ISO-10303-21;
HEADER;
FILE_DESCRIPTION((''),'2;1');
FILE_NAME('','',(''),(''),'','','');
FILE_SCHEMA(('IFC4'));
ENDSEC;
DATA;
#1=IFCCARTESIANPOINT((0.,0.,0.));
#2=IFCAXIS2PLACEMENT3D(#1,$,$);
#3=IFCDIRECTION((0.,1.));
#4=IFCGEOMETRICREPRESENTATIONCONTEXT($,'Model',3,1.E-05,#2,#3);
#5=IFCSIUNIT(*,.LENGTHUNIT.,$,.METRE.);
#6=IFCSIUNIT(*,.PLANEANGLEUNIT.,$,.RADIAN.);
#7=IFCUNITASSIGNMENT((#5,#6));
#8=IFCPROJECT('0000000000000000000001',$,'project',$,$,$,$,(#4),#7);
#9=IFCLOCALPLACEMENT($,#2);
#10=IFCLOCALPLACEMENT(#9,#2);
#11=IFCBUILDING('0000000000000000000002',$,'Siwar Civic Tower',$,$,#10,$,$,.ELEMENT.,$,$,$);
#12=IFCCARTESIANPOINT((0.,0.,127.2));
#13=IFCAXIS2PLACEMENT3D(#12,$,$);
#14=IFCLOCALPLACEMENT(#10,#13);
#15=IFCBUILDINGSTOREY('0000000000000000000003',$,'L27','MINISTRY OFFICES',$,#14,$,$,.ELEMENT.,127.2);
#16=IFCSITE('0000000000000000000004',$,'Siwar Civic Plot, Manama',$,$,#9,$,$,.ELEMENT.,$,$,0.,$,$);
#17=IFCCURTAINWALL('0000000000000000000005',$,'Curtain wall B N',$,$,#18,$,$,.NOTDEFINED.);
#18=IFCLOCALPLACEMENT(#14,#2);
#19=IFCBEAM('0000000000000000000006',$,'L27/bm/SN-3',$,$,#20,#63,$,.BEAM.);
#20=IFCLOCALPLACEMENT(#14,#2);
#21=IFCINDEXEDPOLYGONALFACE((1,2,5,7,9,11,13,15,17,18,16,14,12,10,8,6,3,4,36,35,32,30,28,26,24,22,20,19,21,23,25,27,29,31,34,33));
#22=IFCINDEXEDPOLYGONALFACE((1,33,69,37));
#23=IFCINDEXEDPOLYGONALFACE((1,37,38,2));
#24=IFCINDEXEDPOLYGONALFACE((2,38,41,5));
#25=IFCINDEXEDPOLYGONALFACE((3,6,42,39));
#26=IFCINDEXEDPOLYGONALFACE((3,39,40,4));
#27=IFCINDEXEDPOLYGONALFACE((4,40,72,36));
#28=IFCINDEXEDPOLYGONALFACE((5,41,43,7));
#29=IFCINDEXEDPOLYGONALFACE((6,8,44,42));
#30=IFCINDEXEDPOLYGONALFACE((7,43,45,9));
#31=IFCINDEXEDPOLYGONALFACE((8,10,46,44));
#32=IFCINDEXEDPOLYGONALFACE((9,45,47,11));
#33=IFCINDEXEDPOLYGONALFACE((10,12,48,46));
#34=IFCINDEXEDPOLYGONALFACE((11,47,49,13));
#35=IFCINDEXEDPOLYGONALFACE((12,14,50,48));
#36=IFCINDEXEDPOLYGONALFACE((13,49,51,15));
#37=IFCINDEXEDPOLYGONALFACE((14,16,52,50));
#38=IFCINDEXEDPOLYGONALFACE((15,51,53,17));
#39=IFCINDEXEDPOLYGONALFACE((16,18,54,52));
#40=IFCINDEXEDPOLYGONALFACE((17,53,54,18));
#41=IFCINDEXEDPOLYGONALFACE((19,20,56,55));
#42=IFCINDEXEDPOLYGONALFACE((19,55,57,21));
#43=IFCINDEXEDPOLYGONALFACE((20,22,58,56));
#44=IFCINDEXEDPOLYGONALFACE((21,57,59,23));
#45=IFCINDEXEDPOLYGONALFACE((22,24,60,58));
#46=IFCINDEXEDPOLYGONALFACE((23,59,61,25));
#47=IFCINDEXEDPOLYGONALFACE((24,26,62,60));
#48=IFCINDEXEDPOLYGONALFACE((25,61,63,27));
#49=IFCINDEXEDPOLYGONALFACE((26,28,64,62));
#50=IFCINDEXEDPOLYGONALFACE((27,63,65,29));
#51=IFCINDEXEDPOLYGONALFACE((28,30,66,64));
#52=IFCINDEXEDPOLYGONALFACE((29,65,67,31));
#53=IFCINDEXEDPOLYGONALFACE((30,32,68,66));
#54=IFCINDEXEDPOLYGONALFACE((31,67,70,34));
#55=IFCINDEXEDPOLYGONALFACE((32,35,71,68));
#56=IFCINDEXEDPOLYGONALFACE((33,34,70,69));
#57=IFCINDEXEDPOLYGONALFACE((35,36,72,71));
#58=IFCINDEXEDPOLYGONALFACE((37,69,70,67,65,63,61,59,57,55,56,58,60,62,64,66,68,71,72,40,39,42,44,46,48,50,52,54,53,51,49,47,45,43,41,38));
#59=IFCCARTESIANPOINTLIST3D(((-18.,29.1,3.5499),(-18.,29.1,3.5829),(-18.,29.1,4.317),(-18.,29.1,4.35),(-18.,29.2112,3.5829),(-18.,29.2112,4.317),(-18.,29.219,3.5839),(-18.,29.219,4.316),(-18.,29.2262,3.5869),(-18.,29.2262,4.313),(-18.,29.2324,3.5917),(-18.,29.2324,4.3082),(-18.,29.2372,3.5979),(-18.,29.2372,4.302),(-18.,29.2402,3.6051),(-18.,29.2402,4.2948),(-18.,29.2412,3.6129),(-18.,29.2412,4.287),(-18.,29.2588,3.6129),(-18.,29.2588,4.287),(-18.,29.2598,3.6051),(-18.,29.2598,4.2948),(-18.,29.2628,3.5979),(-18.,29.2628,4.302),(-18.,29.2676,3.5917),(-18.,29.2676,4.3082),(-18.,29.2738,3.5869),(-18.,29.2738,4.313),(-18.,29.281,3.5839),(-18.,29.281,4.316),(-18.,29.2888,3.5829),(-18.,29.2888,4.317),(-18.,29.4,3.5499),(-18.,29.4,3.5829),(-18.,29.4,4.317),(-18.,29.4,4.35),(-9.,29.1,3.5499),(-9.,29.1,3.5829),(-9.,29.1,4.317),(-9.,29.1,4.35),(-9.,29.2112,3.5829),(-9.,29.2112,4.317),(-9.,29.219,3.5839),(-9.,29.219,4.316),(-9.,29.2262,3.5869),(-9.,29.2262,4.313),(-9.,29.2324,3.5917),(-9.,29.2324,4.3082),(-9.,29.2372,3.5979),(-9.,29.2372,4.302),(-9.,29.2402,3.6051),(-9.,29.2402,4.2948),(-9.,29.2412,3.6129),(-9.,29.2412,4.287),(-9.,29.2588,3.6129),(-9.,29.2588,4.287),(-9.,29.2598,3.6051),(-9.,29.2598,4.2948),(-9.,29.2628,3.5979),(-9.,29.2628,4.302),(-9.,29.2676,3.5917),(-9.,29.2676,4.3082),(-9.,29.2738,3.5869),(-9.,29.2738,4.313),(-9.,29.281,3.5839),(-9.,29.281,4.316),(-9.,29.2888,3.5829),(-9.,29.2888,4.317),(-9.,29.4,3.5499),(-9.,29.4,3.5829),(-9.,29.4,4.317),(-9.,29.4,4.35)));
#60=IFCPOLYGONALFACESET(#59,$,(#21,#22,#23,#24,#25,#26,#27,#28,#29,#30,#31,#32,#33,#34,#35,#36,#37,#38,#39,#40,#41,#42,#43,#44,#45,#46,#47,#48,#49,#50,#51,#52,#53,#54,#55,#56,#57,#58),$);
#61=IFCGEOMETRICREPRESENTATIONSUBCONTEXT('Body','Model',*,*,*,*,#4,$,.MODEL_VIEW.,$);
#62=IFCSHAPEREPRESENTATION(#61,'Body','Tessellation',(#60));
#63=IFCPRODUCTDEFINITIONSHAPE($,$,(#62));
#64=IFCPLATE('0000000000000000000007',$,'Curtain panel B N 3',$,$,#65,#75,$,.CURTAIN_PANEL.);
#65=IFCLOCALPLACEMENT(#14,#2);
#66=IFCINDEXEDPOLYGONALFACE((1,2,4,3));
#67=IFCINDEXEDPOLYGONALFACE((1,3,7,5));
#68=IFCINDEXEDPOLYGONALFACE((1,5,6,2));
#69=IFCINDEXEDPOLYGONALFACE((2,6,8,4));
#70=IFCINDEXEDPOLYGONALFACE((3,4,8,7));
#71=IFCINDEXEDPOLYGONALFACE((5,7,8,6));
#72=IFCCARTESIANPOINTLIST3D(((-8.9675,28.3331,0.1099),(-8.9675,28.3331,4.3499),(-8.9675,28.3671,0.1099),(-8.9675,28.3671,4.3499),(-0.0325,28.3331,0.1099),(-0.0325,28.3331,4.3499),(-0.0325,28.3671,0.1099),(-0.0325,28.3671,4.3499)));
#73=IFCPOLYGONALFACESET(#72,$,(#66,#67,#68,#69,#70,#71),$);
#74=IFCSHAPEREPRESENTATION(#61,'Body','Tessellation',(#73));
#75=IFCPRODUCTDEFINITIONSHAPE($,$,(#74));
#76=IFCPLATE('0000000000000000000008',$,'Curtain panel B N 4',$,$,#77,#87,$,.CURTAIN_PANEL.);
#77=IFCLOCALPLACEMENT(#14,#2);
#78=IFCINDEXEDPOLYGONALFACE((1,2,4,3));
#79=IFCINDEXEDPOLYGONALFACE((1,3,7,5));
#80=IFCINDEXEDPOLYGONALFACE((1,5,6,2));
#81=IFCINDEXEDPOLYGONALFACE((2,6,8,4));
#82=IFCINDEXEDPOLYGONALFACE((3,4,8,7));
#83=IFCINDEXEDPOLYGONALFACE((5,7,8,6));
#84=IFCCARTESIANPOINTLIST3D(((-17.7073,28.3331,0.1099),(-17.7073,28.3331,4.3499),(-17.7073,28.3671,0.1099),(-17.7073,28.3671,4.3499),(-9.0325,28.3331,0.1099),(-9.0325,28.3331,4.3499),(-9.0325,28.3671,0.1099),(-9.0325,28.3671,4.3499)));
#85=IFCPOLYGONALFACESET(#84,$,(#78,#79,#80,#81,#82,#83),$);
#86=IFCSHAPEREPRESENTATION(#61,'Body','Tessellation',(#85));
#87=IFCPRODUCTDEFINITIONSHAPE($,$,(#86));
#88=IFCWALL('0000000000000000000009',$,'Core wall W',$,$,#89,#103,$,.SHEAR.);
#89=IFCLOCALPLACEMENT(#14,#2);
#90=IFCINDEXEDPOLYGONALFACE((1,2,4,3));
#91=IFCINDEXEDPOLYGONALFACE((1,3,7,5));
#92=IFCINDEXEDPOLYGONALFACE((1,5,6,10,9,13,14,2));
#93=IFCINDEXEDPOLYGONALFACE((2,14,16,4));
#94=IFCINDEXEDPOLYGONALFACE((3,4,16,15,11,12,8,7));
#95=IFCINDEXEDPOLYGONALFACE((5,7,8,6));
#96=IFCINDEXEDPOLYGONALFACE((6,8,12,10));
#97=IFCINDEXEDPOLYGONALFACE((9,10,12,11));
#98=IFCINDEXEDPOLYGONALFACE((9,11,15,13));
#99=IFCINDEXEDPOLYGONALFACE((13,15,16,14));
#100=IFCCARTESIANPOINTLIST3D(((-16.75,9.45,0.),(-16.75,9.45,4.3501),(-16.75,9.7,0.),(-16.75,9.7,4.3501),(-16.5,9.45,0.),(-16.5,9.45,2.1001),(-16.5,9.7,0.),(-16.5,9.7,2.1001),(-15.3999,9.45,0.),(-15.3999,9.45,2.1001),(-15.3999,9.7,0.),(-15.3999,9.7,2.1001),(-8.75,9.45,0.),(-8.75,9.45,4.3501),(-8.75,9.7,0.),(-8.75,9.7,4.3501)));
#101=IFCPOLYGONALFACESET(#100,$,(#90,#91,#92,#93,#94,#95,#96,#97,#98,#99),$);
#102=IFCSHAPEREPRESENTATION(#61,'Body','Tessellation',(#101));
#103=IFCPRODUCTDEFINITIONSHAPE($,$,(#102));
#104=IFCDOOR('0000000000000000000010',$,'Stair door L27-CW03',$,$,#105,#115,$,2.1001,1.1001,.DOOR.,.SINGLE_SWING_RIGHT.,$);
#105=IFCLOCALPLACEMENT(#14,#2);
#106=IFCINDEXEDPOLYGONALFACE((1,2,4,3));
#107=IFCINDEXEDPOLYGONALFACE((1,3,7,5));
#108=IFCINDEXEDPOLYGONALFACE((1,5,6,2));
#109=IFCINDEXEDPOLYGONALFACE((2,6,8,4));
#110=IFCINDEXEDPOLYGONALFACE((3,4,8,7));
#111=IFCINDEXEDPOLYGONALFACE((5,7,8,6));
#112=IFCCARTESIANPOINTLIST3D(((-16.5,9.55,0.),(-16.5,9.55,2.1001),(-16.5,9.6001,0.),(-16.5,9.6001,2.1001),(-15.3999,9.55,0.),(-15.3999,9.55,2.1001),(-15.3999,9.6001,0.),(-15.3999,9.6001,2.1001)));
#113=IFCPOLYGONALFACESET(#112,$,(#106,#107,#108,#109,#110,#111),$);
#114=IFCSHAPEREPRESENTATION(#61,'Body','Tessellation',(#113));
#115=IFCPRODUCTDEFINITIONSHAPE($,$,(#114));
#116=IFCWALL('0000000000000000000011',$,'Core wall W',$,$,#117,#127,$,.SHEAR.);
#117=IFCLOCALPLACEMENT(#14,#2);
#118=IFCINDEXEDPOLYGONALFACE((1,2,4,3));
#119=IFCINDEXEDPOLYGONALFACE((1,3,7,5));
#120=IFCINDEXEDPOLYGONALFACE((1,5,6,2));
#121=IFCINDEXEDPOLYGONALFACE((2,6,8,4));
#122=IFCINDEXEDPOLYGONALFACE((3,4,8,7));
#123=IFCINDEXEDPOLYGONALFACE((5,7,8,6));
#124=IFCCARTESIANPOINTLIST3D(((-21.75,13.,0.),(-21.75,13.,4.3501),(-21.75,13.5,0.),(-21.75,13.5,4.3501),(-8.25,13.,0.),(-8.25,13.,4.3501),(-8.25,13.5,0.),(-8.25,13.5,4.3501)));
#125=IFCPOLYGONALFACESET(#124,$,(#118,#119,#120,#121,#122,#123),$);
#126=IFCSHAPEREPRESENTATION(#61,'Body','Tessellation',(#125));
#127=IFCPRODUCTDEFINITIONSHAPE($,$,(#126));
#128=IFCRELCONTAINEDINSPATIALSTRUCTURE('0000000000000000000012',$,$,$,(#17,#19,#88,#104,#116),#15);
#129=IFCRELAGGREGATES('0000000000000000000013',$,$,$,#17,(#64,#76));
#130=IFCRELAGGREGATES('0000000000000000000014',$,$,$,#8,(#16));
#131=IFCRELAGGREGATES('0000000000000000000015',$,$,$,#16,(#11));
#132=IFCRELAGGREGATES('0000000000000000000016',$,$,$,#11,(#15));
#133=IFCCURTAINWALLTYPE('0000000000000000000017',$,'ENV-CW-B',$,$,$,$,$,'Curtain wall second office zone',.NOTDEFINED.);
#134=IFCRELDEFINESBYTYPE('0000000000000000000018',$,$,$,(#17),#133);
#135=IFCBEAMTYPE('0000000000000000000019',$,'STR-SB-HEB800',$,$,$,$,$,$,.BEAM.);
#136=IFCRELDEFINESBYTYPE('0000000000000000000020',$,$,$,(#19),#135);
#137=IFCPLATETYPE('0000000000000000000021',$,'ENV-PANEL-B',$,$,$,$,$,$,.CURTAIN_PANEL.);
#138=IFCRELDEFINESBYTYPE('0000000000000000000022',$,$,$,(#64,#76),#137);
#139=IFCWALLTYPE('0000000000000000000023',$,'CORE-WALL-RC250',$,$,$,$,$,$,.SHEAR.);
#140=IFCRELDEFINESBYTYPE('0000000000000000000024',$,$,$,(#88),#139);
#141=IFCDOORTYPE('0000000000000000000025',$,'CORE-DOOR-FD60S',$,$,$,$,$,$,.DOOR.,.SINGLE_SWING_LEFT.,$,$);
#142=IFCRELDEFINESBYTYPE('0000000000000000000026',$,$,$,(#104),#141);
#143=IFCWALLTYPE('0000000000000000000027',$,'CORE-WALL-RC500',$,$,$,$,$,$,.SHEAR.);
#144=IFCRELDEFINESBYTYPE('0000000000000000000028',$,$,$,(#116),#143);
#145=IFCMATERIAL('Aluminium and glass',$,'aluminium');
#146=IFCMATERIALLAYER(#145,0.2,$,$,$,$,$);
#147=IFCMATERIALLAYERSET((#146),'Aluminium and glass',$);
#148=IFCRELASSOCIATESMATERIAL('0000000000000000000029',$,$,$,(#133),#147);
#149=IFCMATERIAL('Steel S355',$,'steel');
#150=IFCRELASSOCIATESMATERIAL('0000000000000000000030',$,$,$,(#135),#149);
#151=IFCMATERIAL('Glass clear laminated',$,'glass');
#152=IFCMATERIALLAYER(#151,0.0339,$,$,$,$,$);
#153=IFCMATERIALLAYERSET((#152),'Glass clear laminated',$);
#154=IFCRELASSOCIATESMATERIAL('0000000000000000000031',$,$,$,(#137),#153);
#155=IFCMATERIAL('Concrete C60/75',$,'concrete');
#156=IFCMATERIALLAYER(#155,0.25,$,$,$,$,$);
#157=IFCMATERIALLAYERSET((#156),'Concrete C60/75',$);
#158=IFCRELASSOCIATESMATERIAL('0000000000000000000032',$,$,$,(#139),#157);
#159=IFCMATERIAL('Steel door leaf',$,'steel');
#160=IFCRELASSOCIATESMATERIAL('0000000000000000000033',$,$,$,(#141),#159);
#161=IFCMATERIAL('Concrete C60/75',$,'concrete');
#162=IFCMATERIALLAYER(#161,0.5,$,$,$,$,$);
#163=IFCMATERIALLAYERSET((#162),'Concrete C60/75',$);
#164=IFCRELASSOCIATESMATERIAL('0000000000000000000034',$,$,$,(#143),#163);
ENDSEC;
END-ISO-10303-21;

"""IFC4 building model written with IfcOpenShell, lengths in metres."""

from ifc_helpers import new_model, si_unit, direction, frame, frame_2d, origin, origin_2d, place, context, subcontext, project, spatial, rectangle, i_section, extrude, material, layer, layer_set, material_profile, profile_set, type_object, element, fill, aggregate, save


model = new_model("IFC4")

# Units and contexts
model_context = context("Model", 3, precision=1e-05, world=origin(), true_north=direction((0.0, 1.0)))
body_context = subcontext(model_context, "Body", "Model", "MODEL_VIEW")
ifc_project = project(units=[si_unit("LENGTHUNIT", "METRE"), si_unit("PLANEANGLEUNIT", "RADIAN")], contexts=[model_context])

# Site, building, storey
site_placement = place(None, origin())
site = spatial("IfcSite", under=ifc_project, at=site_placement, Name="Siwar Civic Plot, Manama", CompositionType="ELEMENT", RefElevation=0.0)
building_placement = place(site_placement, origin())
building = spatial("IfcBuilding", under=site, at=building_placement, Name="Siwar Civic Tower", CompositionType="ELEMENT")
storey_placement = place(building_placement, frame((0.0, 0.0, 127.2)))
storey = spatial("IfcBuildingStorey", under=building, at=storey_placement, Name="L27", Description="MINISTRY OFFICES", CompositionType="ELEMENT", Elevation=127.2)

# Curtain wall
ifc_material_1 = material(Name="Aluminium and glass", Category="aluminium")
ifc_layer_1 = layer(ifc_material_1, 0.2)
ifc_layer_set_1 = layer_set([ifc_layer_1], Name="Aluminium and glass")
curtain_wall_type_1 = type_object("IfcCurtainWallType", Name="ENV-CW-B", ElementType="Curtain wall second office zone", PredefinedType="NOTDEFINED", material=ifc_layer_set_1)
curtain_wall_1_placement = place(storey_placement, origin())
curtain_wall_1 = element("IfcCurtainWall", 1, at=curtain_wall_1_placement, inside=storey, type_object=curtain_wall_type_1, Name="Curtain wall B N", PredefinedType="NOTDEFINED")

# Beam
ifc_material_2 = material(Name="Steel S355", Category="steel")
ifc_material_profile_1 = material_profile(ifc_material_2, i_section(OverallWidth=0.3, OverallDepth=0.8, WebThickness=0.0176, FlangeThickness=0.033, FilletRadius=0.03, at=origin_2d()), Name="HEB800")
ifc_profile_set_1 = profile_set([ifc_material_profile_1], Name="Steel S355")
beam_type_1 = type_object("IfcBeamType", Name="STR-SB-HEB800", PredefinedType="BEAM", material=ifc_profile_set_1)
for number, where, z_axis, x_axis, name in (
    (2, (-9.0, 29.25, 3.95), (-1.0, 0.0, 0.0), (0.0, -1.0, 0.0), "L27/bm/SN-3"),
):
    element("IfcBeam", number, at=place(storey_placement, frame(where, z_axis=z_axis, x_axis=x_axis)), inside=storey, type_object=beam_type_1, Name=name, PredefinedType="BEAM", context=body_context, shape_type="SweptSolid", body=[
        extrude(i_section(OverallWidth=0.3, OverallDepth=0.8, WebThickness=0.0176, FlangeThickness=0.033, FilletRadius=0.03, at=origin_2d()), origin(), (0.0, 0.0, 1.0), 9.0),
    ])

# Plates
ifc_material_3 = material(Name="Glass clear laminated", Category="glass")
ifc_layer_2 = layer(ifc_material_3, 0.0339)
ifc_layer_set_2 = layer_set([ifc_layer_2], Name="Glass clear laminated")
plate_type = type_object("IfcPlateType", Name="ENV-PANEL-B", PredefinedType="CURTAIN_PANEL", material=ifc_layer_set_2)
plate_1_placement = place(storey_placement, frame((-4.5, 28.3501, 0.1099), z_axis=(0.0, 0.0, 1.0), x_axis=(-1.0, 0.0, 0.0)))
plate_1 = element("IfcPlate", 3, at=plate_1_placement, type_object=plate_type, Name="Curtain panel B N 3", PredefinedType="CURTAIN_PANEL", context=body_context, shape_type="SweptSolid", body=[
    extrude(rectangle(XDim=8.9351, YDim=0.0339, at=origin_2d()), origin(), (0.0, 0.0, 1.0), 4.24),
])
plate_2_placement = place(storey_placement, frame((-13.3699, 28.3501, 0.1099), z_axis=(0.0, 0.0, 1.0), x_axis=(-1.0, 0.0, 0.0)))
plate_2 = element("IfcPlate", 4, at=plate_2_placement, type_object=plate_type, Name="Curtain panel B N 4", PredefinedType="CURTAIN_PANEL", context=body_context, shape_type="SweptSolid", body=[
    extrude(rectangle(XDim=8.6748, YDim=0.0339, at=origin_2d()), origin(), (0.0, 0.0, 1.0), 4.24),
])
aggregate(curtain_wall_1, [plate_1, plate_2])

# Wall, opening, door
ifc_material_4 = material(Name="Concrete C60/75", Category="concrete")
ifc_layer_3 = layer(ifc_material_4, 0.25)
ifc_layer_set_3 = layer_set([ifc_layer_3], Name="Concrete C60/75")
wall_type_1 = type_object("IfcWallType", Name="CORE-WALL-RC250", PredefinedType="SHEAR", material=ifc_layer_set_3)
wall_1_placement = place(storey_placement, frame((-8.75, 9.575, 0.0), z_axis=(0.0, 0.0, 1.0), x_axis=(-1.0, 0.0, 0.0)))
wall_1 = element("IfcWall", 5, at=wall_1_placement, inside=storey, type_object=wall_type_1, Name="Core wall W", PredefinedType="SHEAR", context=body_context, shape_type="SweptSolid", body=[
    extrude(rectangle(XDim=8.0, YDim=0.25, at=frame_2d((4.0, 0.0))), origin(), (0.0, 0.0, 1.0), 4.3501),
])
opening_1_placement = place(wall_1_placement, frame((6.6499, 0.0, 0.0)))
opening_1 = element("IfcOpeningElement", 6, at=opening_1_placement, cuts=wall_1, PredefinedType="OPENING", context=body_context, shape_type="SweptSolid", body=[
    extrude(rectangle(XDim=1.1001, YDim=2.1001, at=frame_2d((0.55, 1.05))), frame((0.0, 0.135, 0.0), z_axis=(0.0, -1.0, 0.0), x_axis=(1.0, 0.0, 0.0)), (0.0, 0.0, 1.0), 0.27),
])
ifc_material_5 = material(Name="Steel door leaf", Category="steel")
door_type_1 = type_object("IfcDoorType", Name="CORE-DOOR-FD60S", OperationType="SINGLE_SWING_LEFT", PredefinedType="DOOR", material=ifc_material_5)
door_1_placement = place(opening_1_placement, origin())
door_1 = element("IfcDoor", 7, at=door_1_placement, inside=storey, type_object=door_type_1, Name="Stair door L27-CW03", OperationType="SINGLE_SWING_RIGHT", OverallHeight=2.1001, OverallWidth=1.1001, PredefinedType="DOOR", context=body_context, shape_type="SweptSolid", body=[
    extrude(rectangle(XDim=1.1001, YDim=2.1001, at=frame_2d((0.55, 1.05))), frame((0.0, 0.0249, 0.0), z_axis=(0.0, -1.0, 0.0), x_axis=(1.0, 0.0, 0.0)), (0.0, 0.0, 1.0), 0.05),
])
fill(opening_1, door_1)

# Wall
ifc_material_6 = material(Name="Concrete C60/75", Category="concrete")
ifc_layer_4 = layer(ifc_material_6, 0.5)
ifc_layer_set_4 = layer_set([ifc_layer_4], Name="Concrete C60/75")
wall_type_2 = type_object("IfcWallType", Name="CORE-WALL-RC500", PredefinedType="SHEAR", material=ifc_layer_set_4)
wall_2_placement = place(storey_placement, frame((-8.25, 13.25, 0.0), z_axis=(0.0, 0.0, 1.0), x_axis=(-1.0, 0.0, 0.0)))
element("IfcWall", 8, at=wall_2_placement, inside=storey, type_object=wall_type_2, Name="Core wall W", PredefinedType="SHEAR", context=body_context, shape_type="SweptSolid", body=[
    extrude(rectangle(XDim=13.5, YDim=0.5, at=frame_2d((6.75, 0.0))), origin(), (0.0, 0.0, 1.0), 4.3501),
])

save(model, "model.ifc")
